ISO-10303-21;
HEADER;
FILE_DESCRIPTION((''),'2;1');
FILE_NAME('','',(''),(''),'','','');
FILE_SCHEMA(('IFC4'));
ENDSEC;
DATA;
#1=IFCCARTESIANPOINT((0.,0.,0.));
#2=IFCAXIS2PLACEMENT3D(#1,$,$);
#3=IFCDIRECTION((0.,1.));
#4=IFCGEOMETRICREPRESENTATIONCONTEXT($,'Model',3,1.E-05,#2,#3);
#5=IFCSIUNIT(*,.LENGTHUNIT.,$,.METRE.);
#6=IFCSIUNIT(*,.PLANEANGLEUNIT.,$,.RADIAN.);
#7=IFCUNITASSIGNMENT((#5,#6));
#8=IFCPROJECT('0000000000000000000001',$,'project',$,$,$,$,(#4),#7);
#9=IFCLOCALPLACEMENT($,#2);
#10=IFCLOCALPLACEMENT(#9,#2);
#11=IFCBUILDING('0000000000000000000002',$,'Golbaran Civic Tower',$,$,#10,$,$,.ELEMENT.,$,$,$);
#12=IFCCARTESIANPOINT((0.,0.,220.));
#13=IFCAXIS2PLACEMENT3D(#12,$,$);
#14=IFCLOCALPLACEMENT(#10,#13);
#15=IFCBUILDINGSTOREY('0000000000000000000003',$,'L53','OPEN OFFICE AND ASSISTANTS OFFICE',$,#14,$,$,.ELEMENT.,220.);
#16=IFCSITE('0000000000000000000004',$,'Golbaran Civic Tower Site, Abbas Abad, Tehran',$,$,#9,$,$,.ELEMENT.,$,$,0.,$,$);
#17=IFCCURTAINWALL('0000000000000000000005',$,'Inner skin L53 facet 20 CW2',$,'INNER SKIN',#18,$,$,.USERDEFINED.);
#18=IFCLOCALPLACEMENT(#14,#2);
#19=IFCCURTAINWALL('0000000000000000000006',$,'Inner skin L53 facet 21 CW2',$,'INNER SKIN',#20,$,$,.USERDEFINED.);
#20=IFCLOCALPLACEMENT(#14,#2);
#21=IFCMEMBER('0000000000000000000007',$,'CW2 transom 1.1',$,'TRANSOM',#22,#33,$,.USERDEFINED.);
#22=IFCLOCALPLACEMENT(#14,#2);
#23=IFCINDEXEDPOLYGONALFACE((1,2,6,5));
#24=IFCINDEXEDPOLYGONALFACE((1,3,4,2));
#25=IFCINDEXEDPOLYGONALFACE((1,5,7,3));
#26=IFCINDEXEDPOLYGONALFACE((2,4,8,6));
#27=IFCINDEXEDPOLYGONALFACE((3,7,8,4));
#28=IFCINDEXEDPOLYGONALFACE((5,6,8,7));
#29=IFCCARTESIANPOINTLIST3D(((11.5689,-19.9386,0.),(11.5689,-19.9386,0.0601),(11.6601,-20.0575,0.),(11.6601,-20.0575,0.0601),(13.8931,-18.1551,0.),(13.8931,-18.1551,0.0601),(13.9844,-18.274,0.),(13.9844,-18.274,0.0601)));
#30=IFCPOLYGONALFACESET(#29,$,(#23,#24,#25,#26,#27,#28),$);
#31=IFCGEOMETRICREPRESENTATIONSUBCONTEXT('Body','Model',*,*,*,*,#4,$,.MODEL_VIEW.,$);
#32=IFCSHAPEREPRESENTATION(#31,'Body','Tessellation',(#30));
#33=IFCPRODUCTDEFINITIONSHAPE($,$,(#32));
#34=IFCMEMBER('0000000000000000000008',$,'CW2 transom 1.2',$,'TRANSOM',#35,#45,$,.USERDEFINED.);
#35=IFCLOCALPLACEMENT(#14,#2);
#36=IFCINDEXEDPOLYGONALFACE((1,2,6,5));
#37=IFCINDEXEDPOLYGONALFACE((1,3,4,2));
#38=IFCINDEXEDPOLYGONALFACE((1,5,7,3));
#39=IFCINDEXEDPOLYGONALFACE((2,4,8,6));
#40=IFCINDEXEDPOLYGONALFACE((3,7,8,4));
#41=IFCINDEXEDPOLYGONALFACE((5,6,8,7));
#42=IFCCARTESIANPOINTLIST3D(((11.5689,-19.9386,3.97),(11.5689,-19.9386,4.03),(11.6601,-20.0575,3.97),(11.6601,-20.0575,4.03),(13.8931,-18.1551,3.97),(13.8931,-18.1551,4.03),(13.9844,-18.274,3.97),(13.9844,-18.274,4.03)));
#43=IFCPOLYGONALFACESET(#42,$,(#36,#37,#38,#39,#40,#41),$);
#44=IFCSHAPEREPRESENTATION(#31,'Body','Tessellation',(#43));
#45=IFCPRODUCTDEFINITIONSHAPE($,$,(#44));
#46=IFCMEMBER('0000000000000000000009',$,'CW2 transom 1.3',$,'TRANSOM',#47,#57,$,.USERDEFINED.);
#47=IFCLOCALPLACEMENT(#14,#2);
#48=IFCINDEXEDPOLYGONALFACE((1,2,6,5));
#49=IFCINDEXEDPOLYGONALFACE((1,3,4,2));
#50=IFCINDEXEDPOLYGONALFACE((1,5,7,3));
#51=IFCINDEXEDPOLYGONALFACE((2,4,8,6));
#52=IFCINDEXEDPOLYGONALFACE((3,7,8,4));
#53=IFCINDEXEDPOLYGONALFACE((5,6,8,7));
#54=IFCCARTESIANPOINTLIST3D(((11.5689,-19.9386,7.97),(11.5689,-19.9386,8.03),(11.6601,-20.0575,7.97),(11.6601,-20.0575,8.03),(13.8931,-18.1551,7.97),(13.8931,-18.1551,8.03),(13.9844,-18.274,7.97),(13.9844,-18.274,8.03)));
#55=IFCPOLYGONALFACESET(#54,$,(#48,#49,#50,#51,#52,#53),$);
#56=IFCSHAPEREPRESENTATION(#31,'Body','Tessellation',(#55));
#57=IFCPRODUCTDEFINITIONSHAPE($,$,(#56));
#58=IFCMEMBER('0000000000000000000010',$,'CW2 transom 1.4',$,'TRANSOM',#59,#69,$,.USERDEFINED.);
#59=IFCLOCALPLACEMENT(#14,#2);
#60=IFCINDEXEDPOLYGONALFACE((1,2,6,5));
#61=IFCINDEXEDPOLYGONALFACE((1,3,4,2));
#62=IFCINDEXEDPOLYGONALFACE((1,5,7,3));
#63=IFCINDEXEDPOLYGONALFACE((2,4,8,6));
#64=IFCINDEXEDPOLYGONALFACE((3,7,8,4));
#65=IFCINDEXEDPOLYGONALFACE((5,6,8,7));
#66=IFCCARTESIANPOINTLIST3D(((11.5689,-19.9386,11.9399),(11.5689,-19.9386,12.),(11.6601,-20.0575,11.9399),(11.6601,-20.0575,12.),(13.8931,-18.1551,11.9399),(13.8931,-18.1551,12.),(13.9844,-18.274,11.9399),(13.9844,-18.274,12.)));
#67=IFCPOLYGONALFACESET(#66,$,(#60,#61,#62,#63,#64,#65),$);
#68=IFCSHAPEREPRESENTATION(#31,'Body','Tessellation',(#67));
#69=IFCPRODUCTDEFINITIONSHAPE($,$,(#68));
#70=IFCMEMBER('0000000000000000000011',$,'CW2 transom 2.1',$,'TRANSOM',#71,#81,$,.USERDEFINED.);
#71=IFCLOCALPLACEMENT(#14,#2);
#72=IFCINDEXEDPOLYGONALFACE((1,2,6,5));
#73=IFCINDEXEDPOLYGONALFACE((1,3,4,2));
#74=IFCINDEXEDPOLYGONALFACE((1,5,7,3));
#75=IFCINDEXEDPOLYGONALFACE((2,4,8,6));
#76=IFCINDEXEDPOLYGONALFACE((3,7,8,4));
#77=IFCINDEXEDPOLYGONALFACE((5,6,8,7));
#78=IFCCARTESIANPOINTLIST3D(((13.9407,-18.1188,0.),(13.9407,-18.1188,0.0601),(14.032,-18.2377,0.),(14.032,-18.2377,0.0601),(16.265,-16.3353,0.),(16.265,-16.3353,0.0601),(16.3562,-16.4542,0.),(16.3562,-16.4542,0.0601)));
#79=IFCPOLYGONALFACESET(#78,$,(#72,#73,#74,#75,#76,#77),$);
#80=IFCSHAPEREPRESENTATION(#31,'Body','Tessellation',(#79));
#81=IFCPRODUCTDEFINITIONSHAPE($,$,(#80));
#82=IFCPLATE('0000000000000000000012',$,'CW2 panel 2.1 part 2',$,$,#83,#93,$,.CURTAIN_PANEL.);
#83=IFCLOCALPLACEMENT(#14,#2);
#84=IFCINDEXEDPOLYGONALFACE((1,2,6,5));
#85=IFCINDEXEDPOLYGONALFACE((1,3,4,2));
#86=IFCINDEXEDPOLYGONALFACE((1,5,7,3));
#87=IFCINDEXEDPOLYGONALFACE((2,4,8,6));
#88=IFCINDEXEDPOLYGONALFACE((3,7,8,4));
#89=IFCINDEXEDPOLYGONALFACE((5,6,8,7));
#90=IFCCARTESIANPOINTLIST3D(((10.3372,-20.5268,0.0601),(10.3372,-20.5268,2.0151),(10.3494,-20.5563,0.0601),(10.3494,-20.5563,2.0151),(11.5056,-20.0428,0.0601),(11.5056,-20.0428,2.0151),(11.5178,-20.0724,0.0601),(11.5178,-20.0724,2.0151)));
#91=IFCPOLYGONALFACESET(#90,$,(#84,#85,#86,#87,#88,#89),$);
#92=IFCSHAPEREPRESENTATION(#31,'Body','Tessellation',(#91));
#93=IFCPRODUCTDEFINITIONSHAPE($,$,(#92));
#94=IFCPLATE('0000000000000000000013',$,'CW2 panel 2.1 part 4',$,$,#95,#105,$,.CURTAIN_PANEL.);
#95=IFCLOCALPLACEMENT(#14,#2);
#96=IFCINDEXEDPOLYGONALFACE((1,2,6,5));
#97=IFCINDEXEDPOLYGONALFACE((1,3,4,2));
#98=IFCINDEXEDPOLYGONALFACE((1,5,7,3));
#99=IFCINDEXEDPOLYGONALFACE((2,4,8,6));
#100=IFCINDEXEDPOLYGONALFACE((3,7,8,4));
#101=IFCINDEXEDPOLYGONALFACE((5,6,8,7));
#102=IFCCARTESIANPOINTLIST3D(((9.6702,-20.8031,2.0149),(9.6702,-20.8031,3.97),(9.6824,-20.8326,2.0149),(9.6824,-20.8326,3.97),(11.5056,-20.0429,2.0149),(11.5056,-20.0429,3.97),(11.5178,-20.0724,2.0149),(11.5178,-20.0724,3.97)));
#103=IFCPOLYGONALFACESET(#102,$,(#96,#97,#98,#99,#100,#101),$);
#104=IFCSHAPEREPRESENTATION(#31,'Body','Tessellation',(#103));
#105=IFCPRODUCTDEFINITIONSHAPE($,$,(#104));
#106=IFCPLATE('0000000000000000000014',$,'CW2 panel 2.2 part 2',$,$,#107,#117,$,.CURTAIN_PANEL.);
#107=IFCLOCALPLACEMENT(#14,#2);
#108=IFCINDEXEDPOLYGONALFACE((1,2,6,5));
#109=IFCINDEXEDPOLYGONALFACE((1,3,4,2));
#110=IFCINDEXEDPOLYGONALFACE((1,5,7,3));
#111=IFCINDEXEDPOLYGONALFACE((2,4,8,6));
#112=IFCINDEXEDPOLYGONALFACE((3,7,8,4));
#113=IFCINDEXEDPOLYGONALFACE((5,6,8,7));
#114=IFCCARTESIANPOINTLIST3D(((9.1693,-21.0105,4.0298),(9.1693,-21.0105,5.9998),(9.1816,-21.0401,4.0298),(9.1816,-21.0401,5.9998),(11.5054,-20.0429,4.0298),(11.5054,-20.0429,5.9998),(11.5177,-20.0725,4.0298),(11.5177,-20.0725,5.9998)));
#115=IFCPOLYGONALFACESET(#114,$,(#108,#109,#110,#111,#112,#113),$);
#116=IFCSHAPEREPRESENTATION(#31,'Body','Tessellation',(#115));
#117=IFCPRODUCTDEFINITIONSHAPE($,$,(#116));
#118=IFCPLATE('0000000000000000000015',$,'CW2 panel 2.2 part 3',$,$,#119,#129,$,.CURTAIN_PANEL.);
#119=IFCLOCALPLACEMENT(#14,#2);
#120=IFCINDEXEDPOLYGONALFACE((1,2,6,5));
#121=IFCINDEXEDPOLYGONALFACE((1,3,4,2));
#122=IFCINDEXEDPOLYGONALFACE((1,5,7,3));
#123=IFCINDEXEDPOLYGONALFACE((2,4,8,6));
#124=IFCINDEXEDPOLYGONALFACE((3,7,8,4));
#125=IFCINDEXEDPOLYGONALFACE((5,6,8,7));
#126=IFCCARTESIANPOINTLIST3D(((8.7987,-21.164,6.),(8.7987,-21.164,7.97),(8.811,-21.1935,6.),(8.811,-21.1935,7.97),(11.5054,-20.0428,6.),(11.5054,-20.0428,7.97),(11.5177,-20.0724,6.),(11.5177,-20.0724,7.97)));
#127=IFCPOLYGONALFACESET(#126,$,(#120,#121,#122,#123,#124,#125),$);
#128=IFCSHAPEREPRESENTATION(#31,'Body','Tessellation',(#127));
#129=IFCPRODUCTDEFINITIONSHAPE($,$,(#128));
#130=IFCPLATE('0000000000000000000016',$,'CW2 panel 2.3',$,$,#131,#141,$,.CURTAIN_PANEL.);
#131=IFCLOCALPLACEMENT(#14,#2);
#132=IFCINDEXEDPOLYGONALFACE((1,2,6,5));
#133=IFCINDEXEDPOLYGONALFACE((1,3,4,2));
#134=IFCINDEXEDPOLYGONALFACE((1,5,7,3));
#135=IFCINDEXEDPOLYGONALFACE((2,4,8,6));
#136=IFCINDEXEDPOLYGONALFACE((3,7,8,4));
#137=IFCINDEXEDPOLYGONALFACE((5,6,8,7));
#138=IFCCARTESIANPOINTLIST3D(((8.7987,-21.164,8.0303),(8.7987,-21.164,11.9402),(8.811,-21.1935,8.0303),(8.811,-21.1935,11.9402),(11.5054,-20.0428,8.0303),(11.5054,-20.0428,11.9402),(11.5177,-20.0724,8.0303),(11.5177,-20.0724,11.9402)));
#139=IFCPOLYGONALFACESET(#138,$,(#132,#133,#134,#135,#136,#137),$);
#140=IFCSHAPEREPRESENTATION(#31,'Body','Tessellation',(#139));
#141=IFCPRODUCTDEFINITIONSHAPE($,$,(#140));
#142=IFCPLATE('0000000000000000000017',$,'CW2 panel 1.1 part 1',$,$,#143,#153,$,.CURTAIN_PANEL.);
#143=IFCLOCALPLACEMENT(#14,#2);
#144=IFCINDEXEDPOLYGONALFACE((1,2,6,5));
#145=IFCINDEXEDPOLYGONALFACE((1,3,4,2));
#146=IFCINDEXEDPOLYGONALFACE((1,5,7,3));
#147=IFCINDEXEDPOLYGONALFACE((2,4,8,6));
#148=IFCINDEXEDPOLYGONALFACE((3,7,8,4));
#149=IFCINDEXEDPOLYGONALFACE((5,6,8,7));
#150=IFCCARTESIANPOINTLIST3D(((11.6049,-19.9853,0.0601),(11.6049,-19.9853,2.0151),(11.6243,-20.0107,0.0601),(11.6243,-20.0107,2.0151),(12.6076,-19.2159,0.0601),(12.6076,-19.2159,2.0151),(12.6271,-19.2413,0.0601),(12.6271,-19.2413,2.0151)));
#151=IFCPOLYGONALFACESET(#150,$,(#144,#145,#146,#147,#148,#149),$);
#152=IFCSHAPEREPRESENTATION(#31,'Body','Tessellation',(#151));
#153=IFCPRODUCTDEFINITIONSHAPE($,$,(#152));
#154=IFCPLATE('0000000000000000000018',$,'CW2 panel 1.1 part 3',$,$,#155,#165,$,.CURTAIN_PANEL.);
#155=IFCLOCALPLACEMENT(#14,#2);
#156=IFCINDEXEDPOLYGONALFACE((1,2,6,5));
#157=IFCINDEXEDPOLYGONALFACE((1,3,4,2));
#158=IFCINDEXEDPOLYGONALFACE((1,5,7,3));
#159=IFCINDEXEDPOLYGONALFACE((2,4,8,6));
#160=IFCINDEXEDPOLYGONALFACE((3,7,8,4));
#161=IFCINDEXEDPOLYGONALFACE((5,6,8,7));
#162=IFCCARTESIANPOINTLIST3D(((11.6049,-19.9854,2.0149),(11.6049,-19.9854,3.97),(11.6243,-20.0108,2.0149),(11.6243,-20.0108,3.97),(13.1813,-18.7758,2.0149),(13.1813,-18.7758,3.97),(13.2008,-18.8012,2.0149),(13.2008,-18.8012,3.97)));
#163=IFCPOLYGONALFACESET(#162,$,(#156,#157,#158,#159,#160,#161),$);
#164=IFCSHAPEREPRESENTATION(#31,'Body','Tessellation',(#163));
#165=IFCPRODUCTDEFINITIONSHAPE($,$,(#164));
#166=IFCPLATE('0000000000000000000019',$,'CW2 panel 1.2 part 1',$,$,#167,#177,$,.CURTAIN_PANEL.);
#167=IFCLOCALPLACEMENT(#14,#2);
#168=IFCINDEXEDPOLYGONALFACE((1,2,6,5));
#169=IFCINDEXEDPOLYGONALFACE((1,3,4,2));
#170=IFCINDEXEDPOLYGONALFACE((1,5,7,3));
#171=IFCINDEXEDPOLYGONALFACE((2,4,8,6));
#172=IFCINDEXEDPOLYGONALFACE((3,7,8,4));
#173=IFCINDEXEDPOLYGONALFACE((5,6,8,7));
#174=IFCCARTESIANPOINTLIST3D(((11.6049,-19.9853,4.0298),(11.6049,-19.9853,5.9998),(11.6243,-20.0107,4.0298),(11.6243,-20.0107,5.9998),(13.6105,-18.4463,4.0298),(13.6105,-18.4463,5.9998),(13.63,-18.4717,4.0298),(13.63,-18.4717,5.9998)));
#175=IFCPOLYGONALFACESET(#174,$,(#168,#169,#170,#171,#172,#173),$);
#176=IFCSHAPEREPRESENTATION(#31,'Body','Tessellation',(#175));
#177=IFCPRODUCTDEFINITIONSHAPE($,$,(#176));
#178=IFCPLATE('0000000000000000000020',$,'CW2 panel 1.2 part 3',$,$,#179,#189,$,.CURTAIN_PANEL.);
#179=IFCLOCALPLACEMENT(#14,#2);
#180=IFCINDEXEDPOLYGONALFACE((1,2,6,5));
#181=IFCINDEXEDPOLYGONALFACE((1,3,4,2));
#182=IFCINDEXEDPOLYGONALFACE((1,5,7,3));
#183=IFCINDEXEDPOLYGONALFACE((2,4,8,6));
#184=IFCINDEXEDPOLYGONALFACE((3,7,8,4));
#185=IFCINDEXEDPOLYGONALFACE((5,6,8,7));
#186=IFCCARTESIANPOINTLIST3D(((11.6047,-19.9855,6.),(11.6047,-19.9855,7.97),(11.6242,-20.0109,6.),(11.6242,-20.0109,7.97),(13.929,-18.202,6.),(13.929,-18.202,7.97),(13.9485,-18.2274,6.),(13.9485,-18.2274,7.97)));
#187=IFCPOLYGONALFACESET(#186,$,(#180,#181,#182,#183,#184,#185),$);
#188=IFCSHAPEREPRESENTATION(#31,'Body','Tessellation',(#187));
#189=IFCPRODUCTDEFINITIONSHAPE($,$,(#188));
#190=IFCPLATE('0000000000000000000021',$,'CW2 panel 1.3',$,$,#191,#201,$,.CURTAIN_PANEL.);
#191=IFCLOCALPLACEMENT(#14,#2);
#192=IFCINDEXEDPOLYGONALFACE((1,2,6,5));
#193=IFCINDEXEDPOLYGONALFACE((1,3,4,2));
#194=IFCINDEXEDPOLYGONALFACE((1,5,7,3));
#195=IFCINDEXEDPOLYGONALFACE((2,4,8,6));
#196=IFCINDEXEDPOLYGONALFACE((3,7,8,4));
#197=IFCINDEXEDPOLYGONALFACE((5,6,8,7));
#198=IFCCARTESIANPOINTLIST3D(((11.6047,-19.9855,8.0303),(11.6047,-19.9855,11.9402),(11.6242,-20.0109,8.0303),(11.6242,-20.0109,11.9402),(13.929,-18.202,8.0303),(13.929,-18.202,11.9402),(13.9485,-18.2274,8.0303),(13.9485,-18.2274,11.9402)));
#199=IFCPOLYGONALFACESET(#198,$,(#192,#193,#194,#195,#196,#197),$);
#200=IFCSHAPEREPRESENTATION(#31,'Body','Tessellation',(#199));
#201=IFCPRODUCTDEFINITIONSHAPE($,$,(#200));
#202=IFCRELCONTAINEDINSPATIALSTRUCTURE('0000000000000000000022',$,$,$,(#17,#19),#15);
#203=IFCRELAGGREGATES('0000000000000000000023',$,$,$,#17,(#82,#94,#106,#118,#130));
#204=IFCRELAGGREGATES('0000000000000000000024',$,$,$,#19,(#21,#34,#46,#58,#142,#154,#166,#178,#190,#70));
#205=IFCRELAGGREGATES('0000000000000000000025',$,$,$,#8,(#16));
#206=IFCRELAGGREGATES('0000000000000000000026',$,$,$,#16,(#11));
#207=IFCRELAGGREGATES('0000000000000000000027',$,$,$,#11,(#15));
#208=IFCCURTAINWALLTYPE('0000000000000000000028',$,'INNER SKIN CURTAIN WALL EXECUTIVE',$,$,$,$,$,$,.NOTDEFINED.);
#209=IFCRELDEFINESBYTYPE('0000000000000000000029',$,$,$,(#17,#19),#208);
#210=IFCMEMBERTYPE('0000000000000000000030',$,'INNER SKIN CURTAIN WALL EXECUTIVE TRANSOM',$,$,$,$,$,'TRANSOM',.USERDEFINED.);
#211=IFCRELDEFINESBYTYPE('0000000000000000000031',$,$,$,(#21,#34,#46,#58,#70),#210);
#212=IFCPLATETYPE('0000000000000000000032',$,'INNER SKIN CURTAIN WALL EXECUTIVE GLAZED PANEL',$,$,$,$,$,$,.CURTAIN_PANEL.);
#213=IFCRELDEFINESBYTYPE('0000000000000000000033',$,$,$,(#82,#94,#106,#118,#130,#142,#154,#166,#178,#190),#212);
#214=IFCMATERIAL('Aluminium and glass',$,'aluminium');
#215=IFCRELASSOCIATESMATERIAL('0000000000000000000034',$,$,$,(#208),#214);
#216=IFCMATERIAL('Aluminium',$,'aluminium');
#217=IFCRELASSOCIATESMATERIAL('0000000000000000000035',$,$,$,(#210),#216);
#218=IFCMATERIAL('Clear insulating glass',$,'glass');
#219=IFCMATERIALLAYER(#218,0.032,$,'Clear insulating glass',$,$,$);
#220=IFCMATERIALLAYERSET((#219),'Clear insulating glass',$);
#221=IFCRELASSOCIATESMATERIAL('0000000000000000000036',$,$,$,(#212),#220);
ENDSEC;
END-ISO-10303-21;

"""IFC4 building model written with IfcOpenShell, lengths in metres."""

from ifc_helpers import new_model, si_unit, direction, frame, origin, origin_2d, place, context, subcontext, project, spatial, rectangle, extrude, material, layer, layer_set, material_profile, profile_set, type_object, element, aggregate, save


model = new_model("IFC4")

# Units and contexts
model_context = context("Model", 3, precision=1e-05, world=origin(), true_north=direction((0.0, 1.0)))
body_context = subcontext(model_context, "Body", "Model", "MODEL_VIEW")
ifc_project = project(units=[si_unit("LENGTHUNIT", "METRE"), si_unit("PLANEANGLEUNIT", "RADIAN")], contexts=[model_context])

# Site, building, storey
site_placement = place(None, origin())
site = spatial("IfcSite", under=ifc_project, at=site_placement, Name="Golbaran Civic Tower Site, Abbas Abad, Tehran", CompositionType="ELEMENT", RefElevation=0.0)
building_placement = place(site_placement, origin())
building = spatial("IfcBuilding", under=site, at=building_placement, Name="Golbaran Civic Tower", CompositionType="ELEMENT")
storey_placement = place(building_placement, frame((0.0, 0.0, 220.0)))
storey = spatial("IfcBuildingStorey", under=building, at=storey_placement, Name="L53", Description="OPEN OFFICE AND ASSISTANTS OFFICE", CompositionType="ELEMENT", Elevation=220.0)

# Curtain wall
ifc_material_1 = material(Name="Aluminium and glass", Category="aluminium")
curtain_wall_type = type_object("IfcCurtainWallType", Name="INNER SKIN CURTAIN WALL EXECUTIVE", PredefinedType="NOTDEFINED", material=ifc_material_1)
curtain_wall_1_placement = place(storey_placement, origin())
curtain_wall_1 = element("IfcCurtainWall", 1, at=curtain_wall_1_placement, inside=storey, type_object=curtain_wall_type, Name="Inner skin L53 facet 20 CW2", ObjectType="INNER SKIN", PredefinedType="USERDEFINED")
ifc_material_2 = material(Name="Aluminium", Category="aluminium")

# Curtain wall, members
curtain_wall_2_placement = place(storey_placement, origin())
curtain_wall_2 = element("IfcCurtainWall", 2, at=curtain_wall_2_placement, inside=storey, type_object=curtain_wall_type, Name="Inner skin L53 facet 21 CW2", ObjectType="INNER SKIN", PredefinedType="USERDEFINED")
ifc_material_profile_1 = material_profile(ifc_material_2, rectangle(XDim=0.1499, YDim=0.0601, at=origin_2d()), Name="INNER SKIN CURTAIN WALL EXECUTIVE TRANSOM")
ifc_profile_set_1 = profile_set([ifc_material_profile_1], Name="Aluminium")
member_type_1 = type_object("IfcMemberType", Name="INNER SKIN CURTAIN WALL EXECUTIVE TRANSOM", ElementType="TRANSOM", PredefinedType="USERDEFINED", material=ifc_profile_set_1)
member_1_placement = place(storey_placement, frame((11.6145, -19.998, 0.03), z_axis=(0.793351, 0.608764, 0.0), x_axis=(-0.608764, 0.793351, 0.0)))
member_1 = element("IfcMember", 3, at=member_1_placement, type_object=member_type_1, Name="CW2 transom 1.1", ObjectType="TRANSOM", PredefinedType="USERDEFINED", context=body_context, shape_type="SweptSolid", body=[
    extrude(rectangle(XDim=0.1499, YDim=0.0601, at=origin_2d()), origin(), (0.0, 0.0, 1.0), 2.9297),
])
member_2_placement = place(storey_placement, frame((11.6145, -19.998, 4.0), z_axis=(0.793351, 0.608764, 0.0), x_axis=(-0.608764, 0.793351, 0.0)))
member_2 = element("IfcMember", 4, at=member_2_placement, type_object=member_type_1, Name="CW2 transom 1.2", ObjectType="TRANSOM", PredefinedType="USERDEFINED", context=body_context, shape_type="SweptSolid", body=[
    extrude(rectangle(XDim=0.1499, YDim=0.0601, at=origin_2d()), origin(), (0.0, 0.0, 1.0), 2.9297),
])
member_3_placement = place(storey_placement, frame((11.6145, -19.998, 8.0), z_axis=(0.793351, 0.608764, 0.0), x_axis=(-0.608764, 0.793351, 0.0)))
member_3 = element("IfcMember", 5, at=member_3_placement, type_object=member_type_1, Name="CW2 transom 1.3", ObjectType="TRANSOM", PredefinedType="USERDEFINED", context=body_context, shape_type="SweptSolid", body=[
    extrude(rectangle(XDim=0.1499, YDim=0.0601, at=origin_2d()), origin(), (0.0, 0.0, 1.0), 2.9297),
])
member_4_placement = place(storey_placement, frame((11.6145, -19.998, 11.97), z_axis=(0.793351, 0.608764, 0.0), x_axis=(-0.608764, 0.793351, 0.0)))
member_4 = element("IfcMember", 6, at=member_4_placement, type_object=member_type_1, Name="CW2 transom 1.4", ObjectType="TRANSOM", PredefinedType="USERDEFINED", context=body_context, shape_type="SweptSolid", body=[
    extrude(rectangle(XDim=0.1499, YDim=0.0601, at=origin_2d()), origin(), (0.0, 0.0, 1.0), 2.9297),
])
member_5_placement = place(storey_placement, frame((13.9863, -18.1782, 0.03), z_axis=(0.793351, 0.608764, 0.0), x_axis=(-0.608764, 0.793351, 0.0)))
member_5 = element("IfcMember", 7, at=member_5_placement, type_object=member_type_1, Name="CW2 transom 2.1", ObjectType="TRANSOM", PredefinedType="USERDEFINED", context=body_context, shape_type="SweptSolid", body=[
    extrude(rectangle(XDim=0.1499, YDim=0.0601, at=origin_2d()), origin(), (0.0, 0.0, 1.0), 2.9297),
])

# Plates
ifc_material_3 = material(Name="Clear insulating glass", Category="glass")
ifc_layer_1 = layer(ifc_material_3, 0.032, Name="Clear insulating glass")
ifc_layer_set_1 = layer_set([ifc_layer_1], Name="Clear insulating glass")
plate_type_1 = type_object("IfcPlateType", Name="INNER SKIN CURTAIN WALL EXECUTIVE GLAZED PANEL", PredefinedType="CURTAIN_PANEL", material=ifc_layer_set_1)
plate_1_placement = place(storey_placement, frame((10.9275, -20.2996, 0.0601), z_axis=(0.0, 0.0, 1.0), x_axis=(0.92388, 0.382683, 0.0)))
plate_1 = element("IfcPlate", 8, at=plate_1_placement, type_object=plate_type_1, Name="CW2 panel 2.1 part 2", PredefinedType="CURTAIN_PANEL", context=body_context, shape_type="SweptSolid", body=[
    extrude(rectangle(XDim=1.2646, YDim=0.032, at=origin_2d()), origin(), (0.0, 0.0, 1.0), 1.9551),
])
plate_2_placement = place(storey_placement, frame((10.594, -20.4377, 2.0149), z_axis=(0.0, 0.0, 1.0), x_axis=(0.92388, 0.382683, 0.0)))
plate_2 = element("IfcPlate", 9, at=plate_2_placement, type_object=plate_type_1, Name="CW2 panel 2.1 part 4", PredefinedType="CURTAIN_PANEL", context=body_context, shape_type="SweptSolid", body=[
    extrude(rectangle(XDim=1.9866, YDim=0.032, at=origin_2d()), origin(), (0.0, 0.0, 1.0), 1.9551),
])
plate_3_placement = place(storey_placement, frame((10.3435, -20.5415, 4.0298), z_axis=(0.0, 0.0, 1.0), x_axis=(0.92388, 0.382683, 0.0)))
plate_3 = element("IfcPlate", 10, at=plate_3_placement, type_object=plate_type_1, Name="CW2 panel 2.2 part 2", PredefinedType="CURTAIN_PANEL", context=body_context, shape_type="SweptSolid", body=[
    extrude(rectangle(XDim=2.5286, YDim=0.032, at=origin_2d()), origin(), (0.0, 0.0, 1.0), 1.97),
])
plate_4_placement = place(storey_placement, frame((10.1582, -20.6182, 6.0), z_axis=(0.0, 0.0, 1.0), x_axis=(0.92388, 0.382683, 0.0)))
plate_4 = element("IfcPlate", 11, at=plate_4_placement, type_object=plate_type_1, Name="CW2 panel 2.2 part 3", PredefinedType="CURTAIN_PANEL", context=body_context, shape_type="SweptSolid", body=[
    extrude(rectangle(XDim=2.9297, YDim=0.032, at=origin_2d()), origin(), (0.0, 0.0, 1.0), 1.97),
])
plate_5_placement = place(storey_placement, frame((10.1582, -20.6182, 8.0303), z_axis=(0.0, 0.0, 1.0), x_axis=(0.92388, 0.382683, 0.0)))
plate_5 = element("IfcPlate", 12, at=plate_5_placement, type_object=plate_type_1, Name="CW2 panel 2.3", PredefinedType="CURTAIN_PANEL", context=body_context, shape_type="SweptSolid", body=[
    extrude(rectangle(XDim=2.9297, YDim=0.032, at=origin_2d()), origin(), (0.0, 0.0, 1.0), 3.9099),
])
aggregate(curtain_wall_1, [plate_1, plate_2, plate_3, plate_4, plate_5])
plate_6_placement = place(storey_placement, frame((12.116, -19.6133, 0.0601), z_axis=(0.0, 0.0, 1.0), x_axis=(0.793353, 0.608761, 0.0)))
plate_6 = element("IfcPlate", 13, at=plate_6_placement, type_object=plate_type_1, Name="CW2 panel 1.1 part 1", PredefinedType="CURTAIN_PANEL", context=body_context, shape_type="SweptSolid", body=[
    extrude(rectangle(XDim=1.2639, YDim=0.032, at=origin_2d()), origin(), (0.0, 0.0, 1.0), 1.9551),
])
plate_7_placement = place(storey_placement, frame((12.4028, -19.3933, 2.0149), z_axis=(0.0, 0.0, 1.0), x_axis=(0.793353, 0.608761, 0.0)))
plate_7 = element("IfcPlate", 14, at=plate_7_placement, type_object=plate_type_1, Name="CW2 panel 1.1 part 3", PredefinedType="CURTAIN_PANEL", context=body_context, shape_type="SweptSolid", body=[
    extrude(rectangle(XDim=1.9871, YDim=0.032, at=origin_2d()), origin(), (0.0, 0.0, 1.0), 1.9551),
])
plate_8_placement = place(storey_placement, frame((12.6174, -19.2285, 4.0298), z_axis=(0.0, 0.0, 1.0), x_axis=(0.793353, 0.608761, 0.0)))
plate_8 = element("IfcPlate", 15, at=plate_8_placement, type_object=plate_type_1, Name="CW2 panel 1.2 part 1", PredefinedType="CURTAIN_PANEL", context=body_context, shape_type="SweptSolid", body=[
    extrude(rectangle(XDim=2.5281, YDim=0.032, at=origin_2d()), origin(), (0.0, 0.0, 1.0), 1.97),
])
plate_9_placement = place(storey_placement, frame((12.7766, -19.1064, 6.0), z_axis=(0.0, 0.0, 1.0), x_axis=(0.793353, 0.608761, 0.0)))
plate_9 = element("IfcPlate", 16, at=plate_9_placement, type_object=plate_type_1, Name="CW2 panel 1.2 part 3", PredefinedType="CURTAIN_PANEL", context=body_context, shape_type="SweptSolid", body=[
    extrude(rectangle(XDim=2.9297, YDim=0.032, at=origin_2d()), origin(), (0.0, 0.0, 1.0), 1.97),
])
plate_10_placement = place(storey_placement, frame((12.7766, -19.1064, 8.0303), z_axis=(0.0, 0.0, 1.0), x_axis=(0.793353, 0.608761, 0.0)))
plate_10 = element("IfcPlate", 17, at=plate_10_placement, type_object=plate_type_1, Name="CW2 panel 1.3", PredefinedType="CURTAIN_PANEL", context=body_context, shape_type="SweptSolid", body=[
    extrude(rectangle(XDim=2.9297, YDim=0.032, at=origin_2d()), origin(), (0.0, 0.0, 1.0), 3.9099),
])
aggregate(curtain_wall_2, [member_1, member_2, member_3, member_4, plate_6, plate_7, plate_8, plate_9, plate_10, member_5])

save(model, "model.ifc")
